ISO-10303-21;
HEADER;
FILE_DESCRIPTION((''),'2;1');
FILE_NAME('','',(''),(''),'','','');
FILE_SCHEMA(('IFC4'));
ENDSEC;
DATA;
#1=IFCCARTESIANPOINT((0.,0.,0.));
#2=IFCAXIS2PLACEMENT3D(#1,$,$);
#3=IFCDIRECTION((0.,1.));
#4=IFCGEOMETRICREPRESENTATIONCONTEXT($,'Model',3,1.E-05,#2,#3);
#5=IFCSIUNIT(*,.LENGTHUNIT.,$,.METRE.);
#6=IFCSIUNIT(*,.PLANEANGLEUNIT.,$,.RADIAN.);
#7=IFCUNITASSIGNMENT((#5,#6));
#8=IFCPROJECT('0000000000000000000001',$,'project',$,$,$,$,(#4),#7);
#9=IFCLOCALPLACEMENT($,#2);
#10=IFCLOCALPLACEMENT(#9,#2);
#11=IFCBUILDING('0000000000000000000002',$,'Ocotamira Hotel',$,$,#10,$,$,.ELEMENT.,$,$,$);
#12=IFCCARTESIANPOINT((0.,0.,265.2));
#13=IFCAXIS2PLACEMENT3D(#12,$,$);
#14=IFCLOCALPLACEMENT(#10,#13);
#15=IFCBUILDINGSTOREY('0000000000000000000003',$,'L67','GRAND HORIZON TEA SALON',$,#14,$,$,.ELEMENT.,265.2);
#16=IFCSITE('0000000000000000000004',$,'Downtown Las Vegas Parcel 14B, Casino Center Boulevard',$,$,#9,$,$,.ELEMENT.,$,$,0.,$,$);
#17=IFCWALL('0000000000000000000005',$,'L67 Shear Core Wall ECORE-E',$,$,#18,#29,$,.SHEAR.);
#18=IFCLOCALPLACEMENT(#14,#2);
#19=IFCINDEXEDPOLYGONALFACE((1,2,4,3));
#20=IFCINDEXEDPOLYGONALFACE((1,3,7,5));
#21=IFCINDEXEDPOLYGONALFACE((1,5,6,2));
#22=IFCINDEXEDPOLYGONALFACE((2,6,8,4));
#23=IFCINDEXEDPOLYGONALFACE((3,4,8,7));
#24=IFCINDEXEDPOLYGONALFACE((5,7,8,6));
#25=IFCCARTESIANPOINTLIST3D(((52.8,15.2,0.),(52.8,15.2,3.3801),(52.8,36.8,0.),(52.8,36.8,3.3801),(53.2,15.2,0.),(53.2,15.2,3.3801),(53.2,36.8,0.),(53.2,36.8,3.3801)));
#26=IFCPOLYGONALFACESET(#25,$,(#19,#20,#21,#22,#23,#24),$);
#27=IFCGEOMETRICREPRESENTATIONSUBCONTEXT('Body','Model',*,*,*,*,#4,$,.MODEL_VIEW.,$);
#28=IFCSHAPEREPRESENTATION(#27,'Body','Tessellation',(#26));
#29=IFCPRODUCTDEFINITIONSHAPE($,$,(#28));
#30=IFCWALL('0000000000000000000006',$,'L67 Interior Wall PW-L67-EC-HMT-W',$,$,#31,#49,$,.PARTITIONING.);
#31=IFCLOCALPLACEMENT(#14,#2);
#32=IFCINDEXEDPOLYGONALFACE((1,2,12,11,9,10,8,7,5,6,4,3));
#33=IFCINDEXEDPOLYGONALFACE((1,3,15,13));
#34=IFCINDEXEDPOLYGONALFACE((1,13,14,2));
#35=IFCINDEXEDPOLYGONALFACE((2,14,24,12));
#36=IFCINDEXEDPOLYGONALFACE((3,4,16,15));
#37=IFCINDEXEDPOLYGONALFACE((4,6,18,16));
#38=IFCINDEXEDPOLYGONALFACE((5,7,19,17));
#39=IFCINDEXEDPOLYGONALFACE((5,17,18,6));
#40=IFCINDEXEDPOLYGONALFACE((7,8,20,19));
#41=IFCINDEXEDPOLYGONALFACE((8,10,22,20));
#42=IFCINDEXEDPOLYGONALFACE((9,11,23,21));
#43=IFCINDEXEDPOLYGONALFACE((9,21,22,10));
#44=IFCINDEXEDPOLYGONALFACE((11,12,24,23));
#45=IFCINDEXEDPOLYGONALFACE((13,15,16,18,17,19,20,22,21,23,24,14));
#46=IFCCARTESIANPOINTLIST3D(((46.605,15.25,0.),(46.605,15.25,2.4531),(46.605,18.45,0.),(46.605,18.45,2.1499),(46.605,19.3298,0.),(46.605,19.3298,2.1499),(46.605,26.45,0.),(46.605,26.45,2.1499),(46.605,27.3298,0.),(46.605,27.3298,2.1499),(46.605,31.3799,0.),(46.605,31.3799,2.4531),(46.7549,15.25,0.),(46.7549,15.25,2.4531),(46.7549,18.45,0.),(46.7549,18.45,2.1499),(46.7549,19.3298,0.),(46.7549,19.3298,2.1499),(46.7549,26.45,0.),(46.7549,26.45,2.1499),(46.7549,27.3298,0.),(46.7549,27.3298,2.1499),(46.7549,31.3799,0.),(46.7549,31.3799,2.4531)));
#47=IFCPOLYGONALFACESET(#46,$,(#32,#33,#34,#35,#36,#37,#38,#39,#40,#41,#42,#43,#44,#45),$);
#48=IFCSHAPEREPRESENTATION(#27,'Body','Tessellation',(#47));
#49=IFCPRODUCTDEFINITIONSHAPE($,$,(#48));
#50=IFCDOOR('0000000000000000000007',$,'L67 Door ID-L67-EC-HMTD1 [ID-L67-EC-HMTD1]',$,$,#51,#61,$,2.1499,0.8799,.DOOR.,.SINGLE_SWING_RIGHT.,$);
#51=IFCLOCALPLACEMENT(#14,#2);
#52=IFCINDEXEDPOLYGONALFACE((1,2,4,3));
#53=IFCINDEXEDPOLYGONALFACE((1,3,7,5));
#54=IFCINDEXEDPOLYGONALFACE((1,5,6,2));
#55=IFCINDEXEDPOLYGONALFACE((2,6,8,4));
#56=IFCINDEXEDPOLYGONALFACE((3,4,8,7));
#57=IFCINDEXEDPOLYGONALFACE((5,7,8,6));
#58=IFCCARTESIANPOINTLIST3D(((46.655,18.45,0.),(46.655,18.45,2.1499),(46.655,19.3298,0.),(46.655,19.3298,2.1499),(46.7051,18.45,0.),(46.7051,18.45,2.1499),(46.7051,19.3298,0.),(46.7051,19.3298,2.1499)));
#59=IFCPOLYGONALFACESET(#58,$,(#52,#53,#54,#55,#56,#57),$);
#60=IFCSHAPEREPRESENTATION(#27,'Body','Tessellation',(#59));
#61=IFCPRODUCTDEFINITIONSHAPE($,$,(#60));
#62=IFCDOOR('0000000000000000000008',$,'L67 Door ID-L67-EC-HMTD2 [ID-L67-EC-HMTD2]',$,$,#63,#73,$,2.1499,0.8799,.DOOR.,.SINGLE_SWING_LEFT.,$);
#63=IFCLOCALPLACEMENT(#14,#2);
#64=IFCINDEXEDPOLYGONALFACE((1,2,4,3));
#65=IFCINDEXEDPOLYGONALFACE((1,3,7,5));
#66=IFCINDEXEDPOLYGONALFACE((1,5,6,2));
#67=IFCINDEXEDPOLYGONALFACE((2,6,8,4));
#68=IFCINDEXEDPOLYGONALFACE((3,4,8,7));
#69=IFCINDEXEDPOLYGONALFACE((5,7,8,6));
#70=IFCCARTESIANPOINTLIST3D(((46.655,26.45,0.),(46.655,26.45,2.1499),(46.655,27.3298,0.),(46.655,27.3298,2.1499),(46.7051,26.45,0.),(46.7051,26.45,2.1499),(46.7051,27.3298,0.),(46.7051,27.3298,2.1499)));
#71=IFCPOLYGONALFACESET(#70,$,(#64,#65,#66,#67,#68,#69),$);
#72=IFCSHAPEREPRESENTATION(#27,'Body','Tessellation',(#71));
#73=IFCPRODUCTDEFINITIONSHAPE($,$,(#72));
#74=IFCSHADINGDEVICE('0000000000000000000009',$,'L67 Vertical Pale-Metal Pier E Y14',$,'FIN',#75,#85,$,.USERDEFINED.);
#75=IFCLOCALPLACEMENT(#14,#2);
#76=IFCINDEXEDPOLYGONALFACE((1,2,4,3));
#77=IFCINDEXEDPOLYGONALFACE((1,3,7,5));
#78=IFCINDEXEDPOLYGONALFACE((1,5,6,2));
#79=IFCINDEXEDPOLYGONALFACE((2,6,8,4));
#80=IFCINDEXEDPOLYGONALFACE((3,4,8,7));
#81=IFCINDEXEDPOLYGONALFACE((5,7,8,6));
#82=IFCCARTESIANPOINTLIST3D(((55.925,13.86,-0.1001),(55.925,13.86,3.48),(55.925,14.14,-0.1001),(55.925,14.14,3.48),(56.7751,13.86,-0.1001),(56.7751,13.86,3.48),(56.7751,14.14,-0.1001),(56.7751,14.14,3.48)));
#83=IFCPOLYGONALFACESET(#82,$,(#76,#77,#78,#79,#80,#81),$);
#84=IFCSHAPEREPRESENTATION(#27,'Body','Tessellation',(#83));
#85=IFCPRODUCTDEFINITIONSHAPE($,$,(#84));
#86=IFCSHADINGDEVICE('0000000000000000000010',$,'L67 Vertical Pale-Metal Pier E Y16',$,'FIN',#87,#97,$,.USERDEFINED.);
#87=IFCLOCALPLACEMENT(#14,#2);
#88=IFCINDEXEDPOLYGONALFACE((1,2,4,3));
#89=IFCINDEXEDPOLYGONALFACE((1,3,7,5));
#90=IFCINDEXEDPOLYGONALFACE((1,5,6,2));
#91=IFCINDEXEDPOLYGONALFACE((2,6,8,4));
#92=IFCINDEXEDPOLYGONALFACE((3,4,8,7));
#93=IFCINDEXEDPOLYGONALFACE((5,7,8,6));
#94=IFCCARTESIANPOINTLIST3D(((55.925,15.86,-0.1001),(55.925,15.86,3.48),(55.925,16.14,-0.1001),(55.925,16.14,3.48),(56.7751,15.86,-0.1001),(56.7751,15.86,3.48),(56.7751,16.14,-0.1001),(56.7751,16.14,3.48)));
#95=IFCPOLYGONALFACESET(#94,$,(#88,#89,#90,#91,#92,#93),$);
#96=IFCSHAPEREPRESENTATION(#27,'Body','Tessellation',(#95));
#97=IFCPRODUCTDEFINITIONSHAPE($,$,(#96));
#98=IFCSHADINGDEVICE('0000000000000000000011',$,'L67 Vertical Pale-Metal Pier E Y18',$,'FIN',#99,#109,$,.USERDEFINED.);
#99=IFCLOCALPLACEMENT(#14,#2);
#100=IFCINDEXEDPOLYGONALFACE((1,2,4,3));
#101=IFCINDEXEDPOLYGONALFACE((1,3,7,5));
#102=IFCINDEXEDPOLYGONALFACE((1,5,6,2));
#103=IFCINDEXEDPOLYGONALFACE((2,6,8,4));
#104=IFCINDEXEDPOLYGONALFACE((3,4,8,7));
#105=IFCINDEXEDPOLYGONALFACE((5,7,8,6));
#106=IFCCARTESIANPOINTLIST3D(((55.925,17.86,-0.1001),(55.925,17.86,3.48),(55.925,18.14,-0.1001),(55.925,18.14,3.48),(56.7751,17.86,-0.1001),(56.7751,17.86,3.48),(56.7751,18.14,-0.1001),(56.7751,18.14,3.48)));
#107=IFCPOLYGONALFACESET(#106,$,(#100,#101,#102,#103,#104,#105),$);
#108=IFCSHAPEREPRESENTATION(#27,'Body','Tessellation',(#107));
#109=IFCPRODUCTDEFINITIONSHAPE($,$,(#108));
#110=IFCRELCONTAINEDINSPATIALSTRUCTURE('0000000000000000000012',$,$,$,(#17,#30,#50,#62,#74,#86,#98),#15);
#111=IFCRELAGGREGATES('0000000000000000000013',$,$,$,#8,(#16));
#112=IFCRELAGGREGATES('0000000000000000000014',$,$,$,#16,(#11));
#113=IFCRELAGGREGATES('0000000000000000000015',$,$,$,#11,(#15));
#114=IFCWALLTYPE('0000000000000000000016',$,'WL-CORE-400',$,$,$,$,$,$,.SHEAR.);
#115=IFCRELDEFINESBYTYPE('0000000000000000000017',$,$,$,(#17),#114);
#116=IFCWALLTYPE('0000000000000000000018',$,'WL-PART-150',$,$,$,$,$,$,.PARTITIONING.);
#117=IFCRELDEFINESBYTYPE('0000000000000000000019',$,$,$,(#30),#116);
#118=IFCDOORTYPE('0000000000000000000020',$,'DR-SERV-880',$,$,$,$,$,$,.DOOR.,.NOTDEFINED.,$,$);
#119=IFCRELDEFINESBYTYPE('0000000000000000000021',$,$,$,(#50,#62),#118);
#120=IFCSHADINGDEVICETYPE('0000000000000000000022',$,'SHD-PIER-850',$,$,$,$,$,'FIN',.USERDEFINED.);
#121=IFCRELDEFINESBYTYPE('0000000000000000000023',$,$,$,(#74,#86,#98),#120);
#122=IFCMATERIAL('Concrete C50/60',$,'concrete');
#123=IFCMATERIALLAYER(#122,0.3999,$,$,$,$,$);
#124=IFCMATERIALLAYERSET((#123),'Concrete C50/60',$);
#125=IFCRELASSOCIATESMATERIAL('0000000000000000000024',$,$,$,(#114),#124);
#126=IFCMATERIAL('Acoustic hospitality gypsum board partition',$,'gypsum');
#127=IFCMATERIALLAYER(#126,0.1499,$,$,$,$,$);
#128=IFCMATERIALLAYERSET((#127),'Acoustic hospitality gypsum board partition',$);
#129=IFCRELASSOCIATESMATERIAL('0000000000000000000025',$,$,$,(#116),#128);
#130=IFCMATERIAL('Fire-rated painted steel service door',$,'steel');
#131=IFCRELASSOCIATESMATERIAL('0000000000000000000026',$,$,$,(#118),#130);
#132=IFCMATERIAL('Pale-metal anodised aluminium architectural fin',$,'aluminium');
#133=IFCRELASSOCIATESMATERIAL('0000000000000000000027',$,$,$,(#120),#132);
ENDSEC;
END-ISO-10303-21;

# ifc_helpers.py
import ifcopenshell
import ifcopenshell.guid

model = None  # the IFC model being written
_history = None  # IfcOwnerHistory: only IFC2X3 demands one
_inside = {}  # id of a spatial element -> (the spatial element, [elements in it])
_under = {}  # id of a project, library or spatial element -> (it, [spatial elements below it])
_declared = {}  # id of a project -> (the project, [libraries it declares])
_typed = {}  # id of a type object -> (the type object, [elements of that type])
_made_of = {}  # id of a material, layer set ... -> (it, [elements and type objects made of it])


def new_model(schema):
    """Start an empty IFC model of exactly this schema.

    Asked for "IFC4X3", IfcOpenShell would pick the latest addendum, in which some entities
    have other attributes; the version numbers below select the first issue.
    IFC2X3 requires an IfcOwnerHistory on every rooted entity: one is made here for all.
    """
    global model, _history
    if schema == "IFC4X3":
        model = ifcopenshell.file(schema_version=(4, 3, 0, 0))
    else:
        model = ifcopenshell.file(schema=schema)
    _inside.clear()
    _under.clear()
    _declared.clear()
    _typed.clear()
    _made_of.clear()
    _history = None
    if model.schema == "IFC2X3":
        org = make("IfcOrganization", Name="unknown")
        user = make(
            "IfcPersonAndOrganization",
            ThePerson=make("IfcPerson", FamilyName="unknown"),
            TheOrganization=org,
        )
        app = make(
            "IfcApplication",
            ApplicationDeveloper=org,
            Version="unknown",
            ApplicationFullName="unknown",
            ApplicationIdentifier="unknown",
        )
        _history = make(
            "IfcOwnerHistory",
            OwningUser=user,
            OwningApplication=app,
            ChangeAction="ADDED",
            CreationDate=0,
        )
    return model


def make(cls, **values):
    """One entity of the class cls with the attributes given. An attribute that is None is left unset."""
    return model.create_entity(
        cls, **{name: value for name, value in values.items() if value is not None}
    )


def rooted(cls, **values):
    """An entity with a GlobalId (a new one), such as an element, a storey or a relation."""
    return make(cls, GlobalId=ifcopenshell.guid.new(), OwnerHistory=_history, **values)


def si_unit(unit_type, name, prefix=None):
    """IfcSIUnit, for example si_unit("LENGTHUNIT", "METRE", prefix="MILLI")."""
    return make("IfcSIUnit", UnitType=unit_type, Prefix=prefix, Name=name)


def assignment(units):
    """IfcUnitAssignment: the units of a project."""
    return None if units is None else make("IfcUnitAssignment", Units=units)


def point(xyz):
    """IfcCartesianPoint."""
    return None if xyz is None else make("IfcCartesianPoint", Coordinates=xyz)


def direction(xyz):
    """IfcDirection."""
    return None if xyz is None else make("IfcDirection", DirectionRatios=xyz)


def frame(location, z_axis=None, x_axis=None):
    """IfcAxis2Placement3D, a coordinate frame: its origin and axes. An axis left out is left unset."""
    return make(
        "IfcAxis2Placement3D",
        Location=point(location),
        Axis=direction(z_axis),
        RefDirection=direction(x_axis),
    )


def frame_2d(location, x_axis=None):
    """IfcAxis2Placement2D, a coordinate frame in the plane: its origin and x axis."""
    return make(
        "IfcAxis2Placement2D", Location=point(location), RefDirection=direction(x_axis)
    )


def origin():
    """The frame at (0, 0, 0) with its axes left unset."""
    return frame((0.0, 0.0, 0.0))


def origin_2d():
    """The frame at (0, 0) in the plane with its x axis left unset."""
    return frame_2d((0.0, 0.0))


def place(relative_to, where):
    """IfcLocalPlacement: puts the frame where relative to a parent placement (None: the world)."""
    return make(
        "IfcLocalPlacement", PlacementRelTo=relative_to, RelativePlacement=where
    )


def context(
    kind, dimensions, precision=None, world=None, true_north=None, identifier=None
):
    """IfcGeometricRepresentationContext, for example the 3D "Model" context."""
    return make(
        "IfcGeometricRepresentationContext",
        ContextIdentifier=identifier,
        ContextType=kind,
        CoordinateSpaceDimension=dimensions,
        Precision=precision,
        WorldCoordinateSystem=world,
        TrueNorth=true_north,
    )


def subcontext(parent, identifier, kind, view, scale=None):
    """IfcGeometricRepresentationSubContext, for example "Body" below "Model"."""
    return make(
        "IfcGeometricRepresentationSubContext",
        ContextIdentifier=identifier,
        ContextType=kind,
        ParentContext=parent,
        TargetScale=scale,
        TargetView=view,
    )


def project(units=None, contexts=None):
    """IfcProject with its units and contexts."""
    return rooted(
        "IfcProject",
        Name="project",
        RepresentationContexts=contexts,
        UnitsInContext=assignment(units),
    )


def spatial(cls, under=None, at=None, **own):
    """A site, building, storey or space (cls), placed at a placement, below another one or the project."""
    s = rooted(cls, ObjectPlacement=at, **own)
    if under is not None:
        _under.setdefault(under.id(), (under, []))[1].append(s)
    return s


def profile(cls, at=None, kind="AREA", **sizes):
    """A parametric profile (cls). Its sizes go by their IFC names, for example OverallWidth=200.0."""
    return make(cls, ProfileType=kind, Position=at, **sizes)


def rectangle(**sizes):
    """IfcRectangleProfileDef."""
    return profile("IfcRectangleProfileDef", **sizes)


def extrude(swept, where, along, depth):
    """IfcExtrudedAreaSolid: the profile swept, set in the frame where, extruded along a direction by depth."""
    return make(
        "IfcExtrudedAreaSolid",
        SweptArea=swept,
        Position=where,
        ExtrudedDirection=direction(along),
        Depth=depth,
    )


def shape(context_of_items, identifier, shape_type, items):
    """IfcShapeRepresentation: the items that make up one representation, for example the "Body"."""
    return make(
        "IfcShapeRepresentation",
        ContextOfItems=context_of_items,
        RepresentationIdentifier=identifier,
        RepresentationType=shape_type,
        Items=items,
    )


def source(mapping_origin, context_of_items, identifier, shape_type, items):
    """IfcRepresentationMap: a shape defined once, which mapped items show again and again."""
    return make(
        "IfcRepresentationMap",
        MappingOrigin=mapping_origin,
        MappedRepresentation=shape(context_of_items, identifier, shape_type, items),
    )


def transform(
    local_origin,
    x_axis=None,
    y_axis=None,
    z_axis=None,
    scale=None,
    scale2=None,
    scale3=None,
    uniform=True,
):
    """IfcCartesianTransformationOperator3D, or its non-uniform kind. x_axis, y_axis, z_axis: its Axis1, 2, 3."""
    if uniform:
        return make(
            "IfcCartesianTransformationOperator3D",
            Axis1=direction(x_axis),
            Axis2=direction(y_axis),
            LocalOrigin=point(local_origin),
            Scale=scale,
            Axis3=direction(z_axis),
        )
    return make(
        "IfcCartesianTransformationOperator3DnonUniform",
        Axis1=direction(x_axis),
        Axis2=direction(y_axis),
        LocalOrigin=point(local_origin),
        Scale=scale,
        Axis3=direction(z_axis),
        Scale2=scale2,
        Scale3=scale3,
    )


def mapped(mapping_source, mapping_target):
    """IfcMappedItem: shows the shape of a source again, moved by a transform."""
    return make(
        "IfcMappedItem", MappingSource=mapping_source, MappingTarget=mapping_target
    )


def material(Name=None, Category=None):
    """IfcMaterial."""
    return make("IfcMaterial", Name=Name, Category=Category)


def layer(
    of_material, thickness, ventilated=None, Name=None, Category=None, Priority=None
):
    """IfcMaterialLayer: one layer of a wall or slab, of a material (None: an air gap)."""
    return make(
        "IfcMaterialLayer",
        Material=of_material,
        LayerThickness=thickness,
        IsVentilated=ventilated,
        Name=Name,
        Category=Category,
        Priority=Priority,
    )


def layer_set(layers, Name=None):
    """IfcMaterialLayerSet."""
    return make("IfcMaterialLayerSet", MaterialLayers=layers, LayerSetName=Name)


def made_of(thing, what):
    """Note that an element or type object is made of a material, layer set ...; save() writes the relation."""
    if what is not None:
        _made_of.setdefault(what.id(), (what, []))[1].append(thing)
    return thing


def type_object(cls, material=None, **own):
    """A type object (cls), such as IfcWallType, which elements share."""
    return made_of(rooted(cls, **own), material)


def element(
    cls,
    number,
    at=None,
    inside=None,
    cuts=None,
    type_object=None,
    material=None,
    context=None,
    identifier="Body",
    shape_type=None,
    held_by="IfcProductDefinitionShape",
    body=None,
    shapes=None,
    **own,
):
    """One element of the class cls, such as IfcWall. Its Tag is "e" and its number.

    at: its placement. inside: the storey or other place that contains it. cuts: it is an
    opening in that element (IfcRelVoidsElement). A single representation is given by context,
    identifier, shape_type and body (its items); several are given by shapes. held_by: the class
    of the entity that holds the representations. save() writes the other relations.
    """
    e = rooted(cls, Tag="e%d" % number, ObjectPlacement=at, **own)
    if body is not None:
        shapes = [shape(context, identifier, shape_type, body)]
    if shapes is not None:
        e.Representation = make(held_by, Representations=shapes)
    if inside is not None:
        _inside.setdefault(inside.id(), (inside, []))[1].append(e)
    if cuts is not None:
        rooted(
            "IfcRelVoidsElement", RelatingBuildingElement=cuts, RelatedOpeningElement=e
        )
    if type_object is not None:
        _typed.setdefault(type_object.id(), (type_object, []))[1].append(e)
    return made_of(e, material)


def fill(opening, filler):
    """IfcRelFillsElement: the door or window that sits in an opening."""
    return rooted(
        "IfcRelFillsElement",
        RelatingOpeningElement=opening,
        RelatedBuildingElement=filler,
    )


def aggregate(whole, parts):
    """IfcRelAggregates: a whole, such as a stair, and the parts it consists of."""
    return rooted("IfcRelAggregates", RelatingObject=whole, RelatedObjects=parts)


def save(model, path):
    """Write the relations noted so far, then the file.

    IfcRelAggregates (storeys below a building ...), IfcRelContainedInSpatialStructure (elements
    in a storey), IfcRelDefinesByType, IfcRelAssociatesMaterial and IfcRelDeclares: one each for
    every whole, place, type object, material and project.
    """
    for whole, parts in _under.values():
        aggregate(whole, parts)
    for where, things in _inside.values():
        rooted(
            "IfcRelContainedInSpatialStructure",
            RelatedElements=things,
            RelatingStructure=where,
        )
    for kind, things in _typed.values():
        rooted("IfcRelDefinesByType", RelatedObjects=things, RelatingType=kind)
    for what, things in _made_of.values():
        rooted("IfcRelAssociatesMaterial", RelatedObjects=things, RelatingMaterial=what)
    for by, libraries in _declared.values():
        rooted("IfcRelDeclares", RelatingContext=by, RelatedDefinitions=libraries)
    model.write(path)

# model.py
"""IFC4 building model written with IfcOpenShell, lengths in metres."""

from ifc_helpers import new_model, si_unit, direction, frame, frame_2d, origin, origin_2d, place, context, subcontext, project, spatial, rectangle, extrude, source, transform, mapped, material, layer, layer_set, type_object, element, fill, save


model = new_model("IFC4")

# Units and contexts
model_context = context("Model", 3, precision=1e-05, world=origin(), true_north=direction((0.0, 1.0)))
body_context = subcontext(model_context, "Body", "Model", "MODEL_VIEW")
ifc_project = project(units=[si_unit("LENGTHUNIT", "METRE"), si_unit("PLANEANGLEUNIT", "RADIAN")], contexts=[model_context])

# Site, building, storey
site_placement = place(None, origin())
site = spatial("IfcSite", under=ifc_project, at=site_placement, Name="Downtown Las Vegas Parcel 14B, Casino Center Boulevard", CompositionType="ELEMENT", RefElevation=0.0)
building_placement = place(site_placement, origin())
building = spatial("IfcBuilding", under=site, at=building_placement, Name="Ocotamira Hotel", CompositionType="ELEMENT")
storey_placement = place(building_placement, frame((0.0, 0.0, 265.2)))
storey = spatial("IfcBuildingStorey", under=building, at=storey_placement, Name="L67", Description="GRAND HORIZON TEA SALON", CompositionType="ELEMENT", Elevation=265.2)

# Wall
ifc_material_1 = material(Name="Concrete C50/60", Category="concrete")
ifc_layer_1 = layer(ifc_material_1, 0.3999)
ifc_layer_set_1 = layer_set([ifc_layer_1], Name="Concrete C50/60")
wall_type_1 = type_object("IfcWallType", Name="WL-CORE-400", PredefinedType="SHEAR", material=ifc_layer_set_1)
wall_1_placement = place(storey_placement, frame((53.0, 15.2, 0.0), z_axis=(0.0, 0.0, 1.0), x_axis=(0.0, 1.0, 0.0)))
element("IfcWall", 1, at=wall_1_placement, inside=storey, type_object=wall_type_1, Name="L67 Shear Core Wall ECORE-E", PredefinedType="SHEAR", context=body_context, shape_type="SweptSolid", body=[
    extrude(rectangle(XDim=21.6001, YDim=0.3999, at=frame_2d((10.8, 0.0))), origin(), (0.0, 0.0, 1.0), 3.3801),
])

# Wall, openings, doors
ifc_material_2 = material(Name="Acoustic hospitality gypsum board partition", Category="gypsum")
ifc_layer_2 = layer(ifc_material_2, 0.1499)
ifc_layer_set_2 = layer_set([ifc_layer_2], Name="Acoustic hospitality gypsum board partition")
wall_type_2 = type_object("IfcWallType", Name="WL-PART-150", PredefinedType="PARTITIONING", material=ifc_layer_set_2)
wall_2_placement = place(storey_placement, frame((46.6799, 15.25, 0.0), z_axis=(0.0, 0.0, 1.0), x_axis=(0.0, 1.0, 0.0)))
wall_2 = element("IfcWall", 2, at=wall_2_placement, inside=storey, type_object=wall_type_2, Name="L67 Interior Wall PW-L67-EC-HMT-W", PredefinedType="PARTITIONING", context=body_context, shape_type="SweptSolid", body=[
    extrude(rectangle(XDim=16.1299, YDim=0.1499, at=frame_2d((8.0649, 0.0))), origin(), (0.0, 0.0, 1.0), 2.4531),
])
opening_1_placement = place(wall_2_placement, frame((3.2, 0.0, 0.0)))
opening_1 = element("IfcOpeningElement", 3, at=opening_1_placement, cuts=wall_2, PredefinedType="OPENING", context=body_context, shape_type="SweptSolid", body=[
    extrude(rectangle(XDim=0.8799, YDim=2.1499, at=frame_2d((0.4399, 1.075))), frame((0.0, 0.085, 0.0), z_axis=(0.0, -1.0, 0.0), x_axis=(1.0, 0.0, 0.0)), (0.0, 0.0, 1.0), 0.1699),
])
opening_2_placement = place(wall_2_placement, frame((11.2, 0.0, 0.0)))
opening_2 = element("IfcOpeningElement", 4, at=opening_2_placement, cuts=wall_2, PredefinedType="OPENING", context=body_context, shape_type="SweptSolid", body=[
    extrude(rectangle(XDim=0.8799, YDim=2.1499, at=frame_2d((0.4399, 1.075))), frame((0.0, 0.085, 0.0), z_axis=(0.0, -1.0, 0.0), x_axis=(1.0, 0.0, 0.0)), (0.0, 0.0, 1.0), 0.1699),
])
ifc_material_3 = material(Name="Fire-rated painted steel service door", Category="steel")
door_type_1 = type_object("IfcDoorType", Name="DR-SERV-880", OperationType="NOTDEFINED", PredefinedType="DOOR", material=ifc_material_3)
shared_shape_1 = source(origin(), body_context, "Body", "SweptSolid", [
    extrude(rectangle(XDim=0.8799, YDim=2.1499, at=frame_2d((0.4399, 1.075))), frame((0.0, 0.0249, 0.0), z_axis=(0.0, -1.0, 0.0), x_axis=(1.0, 0.0, 0.0)), (0.0, 0.0, 1.0), 0.05),
])
door_1_placement = place(opening_1_placement, origin())
door_1 = element("IfcDoor", 5, at=door_1_placement, inside=storey, type_object=door_type_1, Name="L67 Door ID-L67-EC-HMTD1 [ID-L67-EC-HMTD1]", OperationType="SINGLE_SWING_RIGHT", OverallHeight=2.1499, OverallWidth=0.8799, PredefinedType="DOOR", context=body_context, shape_type="MappedRepresentation", body=[
    mapped(shared_shape_1, transform((0.0, 0.0, 0.0), scale=1.0)),
])
fill(opening_1, door_1)
door_2_placement = place(opening_2_placement, origin())
door_2 = element("IfcDoor", 6, at=door_2_placement, inside=storey, type_object=door_type_1, Name="L67 Door ID-L67-EC-HMTD2 [ID-L67-EC-HMTD2]", OperationType="SINGLE_SWING_LEFT", OverallHeight=2.1499, OverallWidth=0.8799, PredefinedType="DOOR", context=body_context, shape_type="MappedRepresentation", body=[
    mapped(shared_shape_1, transform((0.0, 0.0, 0.0), scale=1.0)),
])
fill(opening_2, door_2)

# Shading devices
ifc_material_4 = material(Name="Pale-metal anodised aluminium architectural fin", Category="aluminium")
shading_device_type = type_object("IfcShadingDeviceType", Name="SHD-PIER-850", ElementType="FIN", PredefinedType="USERDEFINED", material=ifc_material_4)
shared_shape_2 = source(origin(), body_context, "Body", "SweptSolid", [
    extrude(rectangle(XDim=0.8501, YDim=0.28, at=origin_2d()), origin(), (0.0, 0.0, 1.0), 3.5801),
])
for number, where, z_axis, x_axis, name in (
    (7, (56.3501, 14.0, -0.1001), (0.0, 0.0, 1.0), (1.0, 0.0, 0.0), "L67 Vertical Pale-Metal Pier E Y14"),
    (8, (56.3501, 16.0, -0.1001), (0.0, 0.0, 1.0), (1.0, 0.0, 0.0), "L67 Vertical Pale-Metal Pier E Y16"),
    (9, (56.3501, 18.0, -0.1001), (0.0, 0.0, 1.0), (1.0, 0.0, 0.0), "L67 Vertical Pale-Metal Pier E Y18"),
):
    element("IfcShadingDevice", number, at=place(storey_placement, frame(where, z_axis=z_axis, x_axis=x_axis)), inside=storey, type_object=shading_device_type, Name=name, ObjectType="FIN", PredefinedType="USERDEFINED", context=body_context, shape_type="MappedRepresentation", body=[
        mapped(shared_shape_2, transform((0.0, 0.0, 0.0), scale=1.0)),
    ])

save(model, "model.ifc")
